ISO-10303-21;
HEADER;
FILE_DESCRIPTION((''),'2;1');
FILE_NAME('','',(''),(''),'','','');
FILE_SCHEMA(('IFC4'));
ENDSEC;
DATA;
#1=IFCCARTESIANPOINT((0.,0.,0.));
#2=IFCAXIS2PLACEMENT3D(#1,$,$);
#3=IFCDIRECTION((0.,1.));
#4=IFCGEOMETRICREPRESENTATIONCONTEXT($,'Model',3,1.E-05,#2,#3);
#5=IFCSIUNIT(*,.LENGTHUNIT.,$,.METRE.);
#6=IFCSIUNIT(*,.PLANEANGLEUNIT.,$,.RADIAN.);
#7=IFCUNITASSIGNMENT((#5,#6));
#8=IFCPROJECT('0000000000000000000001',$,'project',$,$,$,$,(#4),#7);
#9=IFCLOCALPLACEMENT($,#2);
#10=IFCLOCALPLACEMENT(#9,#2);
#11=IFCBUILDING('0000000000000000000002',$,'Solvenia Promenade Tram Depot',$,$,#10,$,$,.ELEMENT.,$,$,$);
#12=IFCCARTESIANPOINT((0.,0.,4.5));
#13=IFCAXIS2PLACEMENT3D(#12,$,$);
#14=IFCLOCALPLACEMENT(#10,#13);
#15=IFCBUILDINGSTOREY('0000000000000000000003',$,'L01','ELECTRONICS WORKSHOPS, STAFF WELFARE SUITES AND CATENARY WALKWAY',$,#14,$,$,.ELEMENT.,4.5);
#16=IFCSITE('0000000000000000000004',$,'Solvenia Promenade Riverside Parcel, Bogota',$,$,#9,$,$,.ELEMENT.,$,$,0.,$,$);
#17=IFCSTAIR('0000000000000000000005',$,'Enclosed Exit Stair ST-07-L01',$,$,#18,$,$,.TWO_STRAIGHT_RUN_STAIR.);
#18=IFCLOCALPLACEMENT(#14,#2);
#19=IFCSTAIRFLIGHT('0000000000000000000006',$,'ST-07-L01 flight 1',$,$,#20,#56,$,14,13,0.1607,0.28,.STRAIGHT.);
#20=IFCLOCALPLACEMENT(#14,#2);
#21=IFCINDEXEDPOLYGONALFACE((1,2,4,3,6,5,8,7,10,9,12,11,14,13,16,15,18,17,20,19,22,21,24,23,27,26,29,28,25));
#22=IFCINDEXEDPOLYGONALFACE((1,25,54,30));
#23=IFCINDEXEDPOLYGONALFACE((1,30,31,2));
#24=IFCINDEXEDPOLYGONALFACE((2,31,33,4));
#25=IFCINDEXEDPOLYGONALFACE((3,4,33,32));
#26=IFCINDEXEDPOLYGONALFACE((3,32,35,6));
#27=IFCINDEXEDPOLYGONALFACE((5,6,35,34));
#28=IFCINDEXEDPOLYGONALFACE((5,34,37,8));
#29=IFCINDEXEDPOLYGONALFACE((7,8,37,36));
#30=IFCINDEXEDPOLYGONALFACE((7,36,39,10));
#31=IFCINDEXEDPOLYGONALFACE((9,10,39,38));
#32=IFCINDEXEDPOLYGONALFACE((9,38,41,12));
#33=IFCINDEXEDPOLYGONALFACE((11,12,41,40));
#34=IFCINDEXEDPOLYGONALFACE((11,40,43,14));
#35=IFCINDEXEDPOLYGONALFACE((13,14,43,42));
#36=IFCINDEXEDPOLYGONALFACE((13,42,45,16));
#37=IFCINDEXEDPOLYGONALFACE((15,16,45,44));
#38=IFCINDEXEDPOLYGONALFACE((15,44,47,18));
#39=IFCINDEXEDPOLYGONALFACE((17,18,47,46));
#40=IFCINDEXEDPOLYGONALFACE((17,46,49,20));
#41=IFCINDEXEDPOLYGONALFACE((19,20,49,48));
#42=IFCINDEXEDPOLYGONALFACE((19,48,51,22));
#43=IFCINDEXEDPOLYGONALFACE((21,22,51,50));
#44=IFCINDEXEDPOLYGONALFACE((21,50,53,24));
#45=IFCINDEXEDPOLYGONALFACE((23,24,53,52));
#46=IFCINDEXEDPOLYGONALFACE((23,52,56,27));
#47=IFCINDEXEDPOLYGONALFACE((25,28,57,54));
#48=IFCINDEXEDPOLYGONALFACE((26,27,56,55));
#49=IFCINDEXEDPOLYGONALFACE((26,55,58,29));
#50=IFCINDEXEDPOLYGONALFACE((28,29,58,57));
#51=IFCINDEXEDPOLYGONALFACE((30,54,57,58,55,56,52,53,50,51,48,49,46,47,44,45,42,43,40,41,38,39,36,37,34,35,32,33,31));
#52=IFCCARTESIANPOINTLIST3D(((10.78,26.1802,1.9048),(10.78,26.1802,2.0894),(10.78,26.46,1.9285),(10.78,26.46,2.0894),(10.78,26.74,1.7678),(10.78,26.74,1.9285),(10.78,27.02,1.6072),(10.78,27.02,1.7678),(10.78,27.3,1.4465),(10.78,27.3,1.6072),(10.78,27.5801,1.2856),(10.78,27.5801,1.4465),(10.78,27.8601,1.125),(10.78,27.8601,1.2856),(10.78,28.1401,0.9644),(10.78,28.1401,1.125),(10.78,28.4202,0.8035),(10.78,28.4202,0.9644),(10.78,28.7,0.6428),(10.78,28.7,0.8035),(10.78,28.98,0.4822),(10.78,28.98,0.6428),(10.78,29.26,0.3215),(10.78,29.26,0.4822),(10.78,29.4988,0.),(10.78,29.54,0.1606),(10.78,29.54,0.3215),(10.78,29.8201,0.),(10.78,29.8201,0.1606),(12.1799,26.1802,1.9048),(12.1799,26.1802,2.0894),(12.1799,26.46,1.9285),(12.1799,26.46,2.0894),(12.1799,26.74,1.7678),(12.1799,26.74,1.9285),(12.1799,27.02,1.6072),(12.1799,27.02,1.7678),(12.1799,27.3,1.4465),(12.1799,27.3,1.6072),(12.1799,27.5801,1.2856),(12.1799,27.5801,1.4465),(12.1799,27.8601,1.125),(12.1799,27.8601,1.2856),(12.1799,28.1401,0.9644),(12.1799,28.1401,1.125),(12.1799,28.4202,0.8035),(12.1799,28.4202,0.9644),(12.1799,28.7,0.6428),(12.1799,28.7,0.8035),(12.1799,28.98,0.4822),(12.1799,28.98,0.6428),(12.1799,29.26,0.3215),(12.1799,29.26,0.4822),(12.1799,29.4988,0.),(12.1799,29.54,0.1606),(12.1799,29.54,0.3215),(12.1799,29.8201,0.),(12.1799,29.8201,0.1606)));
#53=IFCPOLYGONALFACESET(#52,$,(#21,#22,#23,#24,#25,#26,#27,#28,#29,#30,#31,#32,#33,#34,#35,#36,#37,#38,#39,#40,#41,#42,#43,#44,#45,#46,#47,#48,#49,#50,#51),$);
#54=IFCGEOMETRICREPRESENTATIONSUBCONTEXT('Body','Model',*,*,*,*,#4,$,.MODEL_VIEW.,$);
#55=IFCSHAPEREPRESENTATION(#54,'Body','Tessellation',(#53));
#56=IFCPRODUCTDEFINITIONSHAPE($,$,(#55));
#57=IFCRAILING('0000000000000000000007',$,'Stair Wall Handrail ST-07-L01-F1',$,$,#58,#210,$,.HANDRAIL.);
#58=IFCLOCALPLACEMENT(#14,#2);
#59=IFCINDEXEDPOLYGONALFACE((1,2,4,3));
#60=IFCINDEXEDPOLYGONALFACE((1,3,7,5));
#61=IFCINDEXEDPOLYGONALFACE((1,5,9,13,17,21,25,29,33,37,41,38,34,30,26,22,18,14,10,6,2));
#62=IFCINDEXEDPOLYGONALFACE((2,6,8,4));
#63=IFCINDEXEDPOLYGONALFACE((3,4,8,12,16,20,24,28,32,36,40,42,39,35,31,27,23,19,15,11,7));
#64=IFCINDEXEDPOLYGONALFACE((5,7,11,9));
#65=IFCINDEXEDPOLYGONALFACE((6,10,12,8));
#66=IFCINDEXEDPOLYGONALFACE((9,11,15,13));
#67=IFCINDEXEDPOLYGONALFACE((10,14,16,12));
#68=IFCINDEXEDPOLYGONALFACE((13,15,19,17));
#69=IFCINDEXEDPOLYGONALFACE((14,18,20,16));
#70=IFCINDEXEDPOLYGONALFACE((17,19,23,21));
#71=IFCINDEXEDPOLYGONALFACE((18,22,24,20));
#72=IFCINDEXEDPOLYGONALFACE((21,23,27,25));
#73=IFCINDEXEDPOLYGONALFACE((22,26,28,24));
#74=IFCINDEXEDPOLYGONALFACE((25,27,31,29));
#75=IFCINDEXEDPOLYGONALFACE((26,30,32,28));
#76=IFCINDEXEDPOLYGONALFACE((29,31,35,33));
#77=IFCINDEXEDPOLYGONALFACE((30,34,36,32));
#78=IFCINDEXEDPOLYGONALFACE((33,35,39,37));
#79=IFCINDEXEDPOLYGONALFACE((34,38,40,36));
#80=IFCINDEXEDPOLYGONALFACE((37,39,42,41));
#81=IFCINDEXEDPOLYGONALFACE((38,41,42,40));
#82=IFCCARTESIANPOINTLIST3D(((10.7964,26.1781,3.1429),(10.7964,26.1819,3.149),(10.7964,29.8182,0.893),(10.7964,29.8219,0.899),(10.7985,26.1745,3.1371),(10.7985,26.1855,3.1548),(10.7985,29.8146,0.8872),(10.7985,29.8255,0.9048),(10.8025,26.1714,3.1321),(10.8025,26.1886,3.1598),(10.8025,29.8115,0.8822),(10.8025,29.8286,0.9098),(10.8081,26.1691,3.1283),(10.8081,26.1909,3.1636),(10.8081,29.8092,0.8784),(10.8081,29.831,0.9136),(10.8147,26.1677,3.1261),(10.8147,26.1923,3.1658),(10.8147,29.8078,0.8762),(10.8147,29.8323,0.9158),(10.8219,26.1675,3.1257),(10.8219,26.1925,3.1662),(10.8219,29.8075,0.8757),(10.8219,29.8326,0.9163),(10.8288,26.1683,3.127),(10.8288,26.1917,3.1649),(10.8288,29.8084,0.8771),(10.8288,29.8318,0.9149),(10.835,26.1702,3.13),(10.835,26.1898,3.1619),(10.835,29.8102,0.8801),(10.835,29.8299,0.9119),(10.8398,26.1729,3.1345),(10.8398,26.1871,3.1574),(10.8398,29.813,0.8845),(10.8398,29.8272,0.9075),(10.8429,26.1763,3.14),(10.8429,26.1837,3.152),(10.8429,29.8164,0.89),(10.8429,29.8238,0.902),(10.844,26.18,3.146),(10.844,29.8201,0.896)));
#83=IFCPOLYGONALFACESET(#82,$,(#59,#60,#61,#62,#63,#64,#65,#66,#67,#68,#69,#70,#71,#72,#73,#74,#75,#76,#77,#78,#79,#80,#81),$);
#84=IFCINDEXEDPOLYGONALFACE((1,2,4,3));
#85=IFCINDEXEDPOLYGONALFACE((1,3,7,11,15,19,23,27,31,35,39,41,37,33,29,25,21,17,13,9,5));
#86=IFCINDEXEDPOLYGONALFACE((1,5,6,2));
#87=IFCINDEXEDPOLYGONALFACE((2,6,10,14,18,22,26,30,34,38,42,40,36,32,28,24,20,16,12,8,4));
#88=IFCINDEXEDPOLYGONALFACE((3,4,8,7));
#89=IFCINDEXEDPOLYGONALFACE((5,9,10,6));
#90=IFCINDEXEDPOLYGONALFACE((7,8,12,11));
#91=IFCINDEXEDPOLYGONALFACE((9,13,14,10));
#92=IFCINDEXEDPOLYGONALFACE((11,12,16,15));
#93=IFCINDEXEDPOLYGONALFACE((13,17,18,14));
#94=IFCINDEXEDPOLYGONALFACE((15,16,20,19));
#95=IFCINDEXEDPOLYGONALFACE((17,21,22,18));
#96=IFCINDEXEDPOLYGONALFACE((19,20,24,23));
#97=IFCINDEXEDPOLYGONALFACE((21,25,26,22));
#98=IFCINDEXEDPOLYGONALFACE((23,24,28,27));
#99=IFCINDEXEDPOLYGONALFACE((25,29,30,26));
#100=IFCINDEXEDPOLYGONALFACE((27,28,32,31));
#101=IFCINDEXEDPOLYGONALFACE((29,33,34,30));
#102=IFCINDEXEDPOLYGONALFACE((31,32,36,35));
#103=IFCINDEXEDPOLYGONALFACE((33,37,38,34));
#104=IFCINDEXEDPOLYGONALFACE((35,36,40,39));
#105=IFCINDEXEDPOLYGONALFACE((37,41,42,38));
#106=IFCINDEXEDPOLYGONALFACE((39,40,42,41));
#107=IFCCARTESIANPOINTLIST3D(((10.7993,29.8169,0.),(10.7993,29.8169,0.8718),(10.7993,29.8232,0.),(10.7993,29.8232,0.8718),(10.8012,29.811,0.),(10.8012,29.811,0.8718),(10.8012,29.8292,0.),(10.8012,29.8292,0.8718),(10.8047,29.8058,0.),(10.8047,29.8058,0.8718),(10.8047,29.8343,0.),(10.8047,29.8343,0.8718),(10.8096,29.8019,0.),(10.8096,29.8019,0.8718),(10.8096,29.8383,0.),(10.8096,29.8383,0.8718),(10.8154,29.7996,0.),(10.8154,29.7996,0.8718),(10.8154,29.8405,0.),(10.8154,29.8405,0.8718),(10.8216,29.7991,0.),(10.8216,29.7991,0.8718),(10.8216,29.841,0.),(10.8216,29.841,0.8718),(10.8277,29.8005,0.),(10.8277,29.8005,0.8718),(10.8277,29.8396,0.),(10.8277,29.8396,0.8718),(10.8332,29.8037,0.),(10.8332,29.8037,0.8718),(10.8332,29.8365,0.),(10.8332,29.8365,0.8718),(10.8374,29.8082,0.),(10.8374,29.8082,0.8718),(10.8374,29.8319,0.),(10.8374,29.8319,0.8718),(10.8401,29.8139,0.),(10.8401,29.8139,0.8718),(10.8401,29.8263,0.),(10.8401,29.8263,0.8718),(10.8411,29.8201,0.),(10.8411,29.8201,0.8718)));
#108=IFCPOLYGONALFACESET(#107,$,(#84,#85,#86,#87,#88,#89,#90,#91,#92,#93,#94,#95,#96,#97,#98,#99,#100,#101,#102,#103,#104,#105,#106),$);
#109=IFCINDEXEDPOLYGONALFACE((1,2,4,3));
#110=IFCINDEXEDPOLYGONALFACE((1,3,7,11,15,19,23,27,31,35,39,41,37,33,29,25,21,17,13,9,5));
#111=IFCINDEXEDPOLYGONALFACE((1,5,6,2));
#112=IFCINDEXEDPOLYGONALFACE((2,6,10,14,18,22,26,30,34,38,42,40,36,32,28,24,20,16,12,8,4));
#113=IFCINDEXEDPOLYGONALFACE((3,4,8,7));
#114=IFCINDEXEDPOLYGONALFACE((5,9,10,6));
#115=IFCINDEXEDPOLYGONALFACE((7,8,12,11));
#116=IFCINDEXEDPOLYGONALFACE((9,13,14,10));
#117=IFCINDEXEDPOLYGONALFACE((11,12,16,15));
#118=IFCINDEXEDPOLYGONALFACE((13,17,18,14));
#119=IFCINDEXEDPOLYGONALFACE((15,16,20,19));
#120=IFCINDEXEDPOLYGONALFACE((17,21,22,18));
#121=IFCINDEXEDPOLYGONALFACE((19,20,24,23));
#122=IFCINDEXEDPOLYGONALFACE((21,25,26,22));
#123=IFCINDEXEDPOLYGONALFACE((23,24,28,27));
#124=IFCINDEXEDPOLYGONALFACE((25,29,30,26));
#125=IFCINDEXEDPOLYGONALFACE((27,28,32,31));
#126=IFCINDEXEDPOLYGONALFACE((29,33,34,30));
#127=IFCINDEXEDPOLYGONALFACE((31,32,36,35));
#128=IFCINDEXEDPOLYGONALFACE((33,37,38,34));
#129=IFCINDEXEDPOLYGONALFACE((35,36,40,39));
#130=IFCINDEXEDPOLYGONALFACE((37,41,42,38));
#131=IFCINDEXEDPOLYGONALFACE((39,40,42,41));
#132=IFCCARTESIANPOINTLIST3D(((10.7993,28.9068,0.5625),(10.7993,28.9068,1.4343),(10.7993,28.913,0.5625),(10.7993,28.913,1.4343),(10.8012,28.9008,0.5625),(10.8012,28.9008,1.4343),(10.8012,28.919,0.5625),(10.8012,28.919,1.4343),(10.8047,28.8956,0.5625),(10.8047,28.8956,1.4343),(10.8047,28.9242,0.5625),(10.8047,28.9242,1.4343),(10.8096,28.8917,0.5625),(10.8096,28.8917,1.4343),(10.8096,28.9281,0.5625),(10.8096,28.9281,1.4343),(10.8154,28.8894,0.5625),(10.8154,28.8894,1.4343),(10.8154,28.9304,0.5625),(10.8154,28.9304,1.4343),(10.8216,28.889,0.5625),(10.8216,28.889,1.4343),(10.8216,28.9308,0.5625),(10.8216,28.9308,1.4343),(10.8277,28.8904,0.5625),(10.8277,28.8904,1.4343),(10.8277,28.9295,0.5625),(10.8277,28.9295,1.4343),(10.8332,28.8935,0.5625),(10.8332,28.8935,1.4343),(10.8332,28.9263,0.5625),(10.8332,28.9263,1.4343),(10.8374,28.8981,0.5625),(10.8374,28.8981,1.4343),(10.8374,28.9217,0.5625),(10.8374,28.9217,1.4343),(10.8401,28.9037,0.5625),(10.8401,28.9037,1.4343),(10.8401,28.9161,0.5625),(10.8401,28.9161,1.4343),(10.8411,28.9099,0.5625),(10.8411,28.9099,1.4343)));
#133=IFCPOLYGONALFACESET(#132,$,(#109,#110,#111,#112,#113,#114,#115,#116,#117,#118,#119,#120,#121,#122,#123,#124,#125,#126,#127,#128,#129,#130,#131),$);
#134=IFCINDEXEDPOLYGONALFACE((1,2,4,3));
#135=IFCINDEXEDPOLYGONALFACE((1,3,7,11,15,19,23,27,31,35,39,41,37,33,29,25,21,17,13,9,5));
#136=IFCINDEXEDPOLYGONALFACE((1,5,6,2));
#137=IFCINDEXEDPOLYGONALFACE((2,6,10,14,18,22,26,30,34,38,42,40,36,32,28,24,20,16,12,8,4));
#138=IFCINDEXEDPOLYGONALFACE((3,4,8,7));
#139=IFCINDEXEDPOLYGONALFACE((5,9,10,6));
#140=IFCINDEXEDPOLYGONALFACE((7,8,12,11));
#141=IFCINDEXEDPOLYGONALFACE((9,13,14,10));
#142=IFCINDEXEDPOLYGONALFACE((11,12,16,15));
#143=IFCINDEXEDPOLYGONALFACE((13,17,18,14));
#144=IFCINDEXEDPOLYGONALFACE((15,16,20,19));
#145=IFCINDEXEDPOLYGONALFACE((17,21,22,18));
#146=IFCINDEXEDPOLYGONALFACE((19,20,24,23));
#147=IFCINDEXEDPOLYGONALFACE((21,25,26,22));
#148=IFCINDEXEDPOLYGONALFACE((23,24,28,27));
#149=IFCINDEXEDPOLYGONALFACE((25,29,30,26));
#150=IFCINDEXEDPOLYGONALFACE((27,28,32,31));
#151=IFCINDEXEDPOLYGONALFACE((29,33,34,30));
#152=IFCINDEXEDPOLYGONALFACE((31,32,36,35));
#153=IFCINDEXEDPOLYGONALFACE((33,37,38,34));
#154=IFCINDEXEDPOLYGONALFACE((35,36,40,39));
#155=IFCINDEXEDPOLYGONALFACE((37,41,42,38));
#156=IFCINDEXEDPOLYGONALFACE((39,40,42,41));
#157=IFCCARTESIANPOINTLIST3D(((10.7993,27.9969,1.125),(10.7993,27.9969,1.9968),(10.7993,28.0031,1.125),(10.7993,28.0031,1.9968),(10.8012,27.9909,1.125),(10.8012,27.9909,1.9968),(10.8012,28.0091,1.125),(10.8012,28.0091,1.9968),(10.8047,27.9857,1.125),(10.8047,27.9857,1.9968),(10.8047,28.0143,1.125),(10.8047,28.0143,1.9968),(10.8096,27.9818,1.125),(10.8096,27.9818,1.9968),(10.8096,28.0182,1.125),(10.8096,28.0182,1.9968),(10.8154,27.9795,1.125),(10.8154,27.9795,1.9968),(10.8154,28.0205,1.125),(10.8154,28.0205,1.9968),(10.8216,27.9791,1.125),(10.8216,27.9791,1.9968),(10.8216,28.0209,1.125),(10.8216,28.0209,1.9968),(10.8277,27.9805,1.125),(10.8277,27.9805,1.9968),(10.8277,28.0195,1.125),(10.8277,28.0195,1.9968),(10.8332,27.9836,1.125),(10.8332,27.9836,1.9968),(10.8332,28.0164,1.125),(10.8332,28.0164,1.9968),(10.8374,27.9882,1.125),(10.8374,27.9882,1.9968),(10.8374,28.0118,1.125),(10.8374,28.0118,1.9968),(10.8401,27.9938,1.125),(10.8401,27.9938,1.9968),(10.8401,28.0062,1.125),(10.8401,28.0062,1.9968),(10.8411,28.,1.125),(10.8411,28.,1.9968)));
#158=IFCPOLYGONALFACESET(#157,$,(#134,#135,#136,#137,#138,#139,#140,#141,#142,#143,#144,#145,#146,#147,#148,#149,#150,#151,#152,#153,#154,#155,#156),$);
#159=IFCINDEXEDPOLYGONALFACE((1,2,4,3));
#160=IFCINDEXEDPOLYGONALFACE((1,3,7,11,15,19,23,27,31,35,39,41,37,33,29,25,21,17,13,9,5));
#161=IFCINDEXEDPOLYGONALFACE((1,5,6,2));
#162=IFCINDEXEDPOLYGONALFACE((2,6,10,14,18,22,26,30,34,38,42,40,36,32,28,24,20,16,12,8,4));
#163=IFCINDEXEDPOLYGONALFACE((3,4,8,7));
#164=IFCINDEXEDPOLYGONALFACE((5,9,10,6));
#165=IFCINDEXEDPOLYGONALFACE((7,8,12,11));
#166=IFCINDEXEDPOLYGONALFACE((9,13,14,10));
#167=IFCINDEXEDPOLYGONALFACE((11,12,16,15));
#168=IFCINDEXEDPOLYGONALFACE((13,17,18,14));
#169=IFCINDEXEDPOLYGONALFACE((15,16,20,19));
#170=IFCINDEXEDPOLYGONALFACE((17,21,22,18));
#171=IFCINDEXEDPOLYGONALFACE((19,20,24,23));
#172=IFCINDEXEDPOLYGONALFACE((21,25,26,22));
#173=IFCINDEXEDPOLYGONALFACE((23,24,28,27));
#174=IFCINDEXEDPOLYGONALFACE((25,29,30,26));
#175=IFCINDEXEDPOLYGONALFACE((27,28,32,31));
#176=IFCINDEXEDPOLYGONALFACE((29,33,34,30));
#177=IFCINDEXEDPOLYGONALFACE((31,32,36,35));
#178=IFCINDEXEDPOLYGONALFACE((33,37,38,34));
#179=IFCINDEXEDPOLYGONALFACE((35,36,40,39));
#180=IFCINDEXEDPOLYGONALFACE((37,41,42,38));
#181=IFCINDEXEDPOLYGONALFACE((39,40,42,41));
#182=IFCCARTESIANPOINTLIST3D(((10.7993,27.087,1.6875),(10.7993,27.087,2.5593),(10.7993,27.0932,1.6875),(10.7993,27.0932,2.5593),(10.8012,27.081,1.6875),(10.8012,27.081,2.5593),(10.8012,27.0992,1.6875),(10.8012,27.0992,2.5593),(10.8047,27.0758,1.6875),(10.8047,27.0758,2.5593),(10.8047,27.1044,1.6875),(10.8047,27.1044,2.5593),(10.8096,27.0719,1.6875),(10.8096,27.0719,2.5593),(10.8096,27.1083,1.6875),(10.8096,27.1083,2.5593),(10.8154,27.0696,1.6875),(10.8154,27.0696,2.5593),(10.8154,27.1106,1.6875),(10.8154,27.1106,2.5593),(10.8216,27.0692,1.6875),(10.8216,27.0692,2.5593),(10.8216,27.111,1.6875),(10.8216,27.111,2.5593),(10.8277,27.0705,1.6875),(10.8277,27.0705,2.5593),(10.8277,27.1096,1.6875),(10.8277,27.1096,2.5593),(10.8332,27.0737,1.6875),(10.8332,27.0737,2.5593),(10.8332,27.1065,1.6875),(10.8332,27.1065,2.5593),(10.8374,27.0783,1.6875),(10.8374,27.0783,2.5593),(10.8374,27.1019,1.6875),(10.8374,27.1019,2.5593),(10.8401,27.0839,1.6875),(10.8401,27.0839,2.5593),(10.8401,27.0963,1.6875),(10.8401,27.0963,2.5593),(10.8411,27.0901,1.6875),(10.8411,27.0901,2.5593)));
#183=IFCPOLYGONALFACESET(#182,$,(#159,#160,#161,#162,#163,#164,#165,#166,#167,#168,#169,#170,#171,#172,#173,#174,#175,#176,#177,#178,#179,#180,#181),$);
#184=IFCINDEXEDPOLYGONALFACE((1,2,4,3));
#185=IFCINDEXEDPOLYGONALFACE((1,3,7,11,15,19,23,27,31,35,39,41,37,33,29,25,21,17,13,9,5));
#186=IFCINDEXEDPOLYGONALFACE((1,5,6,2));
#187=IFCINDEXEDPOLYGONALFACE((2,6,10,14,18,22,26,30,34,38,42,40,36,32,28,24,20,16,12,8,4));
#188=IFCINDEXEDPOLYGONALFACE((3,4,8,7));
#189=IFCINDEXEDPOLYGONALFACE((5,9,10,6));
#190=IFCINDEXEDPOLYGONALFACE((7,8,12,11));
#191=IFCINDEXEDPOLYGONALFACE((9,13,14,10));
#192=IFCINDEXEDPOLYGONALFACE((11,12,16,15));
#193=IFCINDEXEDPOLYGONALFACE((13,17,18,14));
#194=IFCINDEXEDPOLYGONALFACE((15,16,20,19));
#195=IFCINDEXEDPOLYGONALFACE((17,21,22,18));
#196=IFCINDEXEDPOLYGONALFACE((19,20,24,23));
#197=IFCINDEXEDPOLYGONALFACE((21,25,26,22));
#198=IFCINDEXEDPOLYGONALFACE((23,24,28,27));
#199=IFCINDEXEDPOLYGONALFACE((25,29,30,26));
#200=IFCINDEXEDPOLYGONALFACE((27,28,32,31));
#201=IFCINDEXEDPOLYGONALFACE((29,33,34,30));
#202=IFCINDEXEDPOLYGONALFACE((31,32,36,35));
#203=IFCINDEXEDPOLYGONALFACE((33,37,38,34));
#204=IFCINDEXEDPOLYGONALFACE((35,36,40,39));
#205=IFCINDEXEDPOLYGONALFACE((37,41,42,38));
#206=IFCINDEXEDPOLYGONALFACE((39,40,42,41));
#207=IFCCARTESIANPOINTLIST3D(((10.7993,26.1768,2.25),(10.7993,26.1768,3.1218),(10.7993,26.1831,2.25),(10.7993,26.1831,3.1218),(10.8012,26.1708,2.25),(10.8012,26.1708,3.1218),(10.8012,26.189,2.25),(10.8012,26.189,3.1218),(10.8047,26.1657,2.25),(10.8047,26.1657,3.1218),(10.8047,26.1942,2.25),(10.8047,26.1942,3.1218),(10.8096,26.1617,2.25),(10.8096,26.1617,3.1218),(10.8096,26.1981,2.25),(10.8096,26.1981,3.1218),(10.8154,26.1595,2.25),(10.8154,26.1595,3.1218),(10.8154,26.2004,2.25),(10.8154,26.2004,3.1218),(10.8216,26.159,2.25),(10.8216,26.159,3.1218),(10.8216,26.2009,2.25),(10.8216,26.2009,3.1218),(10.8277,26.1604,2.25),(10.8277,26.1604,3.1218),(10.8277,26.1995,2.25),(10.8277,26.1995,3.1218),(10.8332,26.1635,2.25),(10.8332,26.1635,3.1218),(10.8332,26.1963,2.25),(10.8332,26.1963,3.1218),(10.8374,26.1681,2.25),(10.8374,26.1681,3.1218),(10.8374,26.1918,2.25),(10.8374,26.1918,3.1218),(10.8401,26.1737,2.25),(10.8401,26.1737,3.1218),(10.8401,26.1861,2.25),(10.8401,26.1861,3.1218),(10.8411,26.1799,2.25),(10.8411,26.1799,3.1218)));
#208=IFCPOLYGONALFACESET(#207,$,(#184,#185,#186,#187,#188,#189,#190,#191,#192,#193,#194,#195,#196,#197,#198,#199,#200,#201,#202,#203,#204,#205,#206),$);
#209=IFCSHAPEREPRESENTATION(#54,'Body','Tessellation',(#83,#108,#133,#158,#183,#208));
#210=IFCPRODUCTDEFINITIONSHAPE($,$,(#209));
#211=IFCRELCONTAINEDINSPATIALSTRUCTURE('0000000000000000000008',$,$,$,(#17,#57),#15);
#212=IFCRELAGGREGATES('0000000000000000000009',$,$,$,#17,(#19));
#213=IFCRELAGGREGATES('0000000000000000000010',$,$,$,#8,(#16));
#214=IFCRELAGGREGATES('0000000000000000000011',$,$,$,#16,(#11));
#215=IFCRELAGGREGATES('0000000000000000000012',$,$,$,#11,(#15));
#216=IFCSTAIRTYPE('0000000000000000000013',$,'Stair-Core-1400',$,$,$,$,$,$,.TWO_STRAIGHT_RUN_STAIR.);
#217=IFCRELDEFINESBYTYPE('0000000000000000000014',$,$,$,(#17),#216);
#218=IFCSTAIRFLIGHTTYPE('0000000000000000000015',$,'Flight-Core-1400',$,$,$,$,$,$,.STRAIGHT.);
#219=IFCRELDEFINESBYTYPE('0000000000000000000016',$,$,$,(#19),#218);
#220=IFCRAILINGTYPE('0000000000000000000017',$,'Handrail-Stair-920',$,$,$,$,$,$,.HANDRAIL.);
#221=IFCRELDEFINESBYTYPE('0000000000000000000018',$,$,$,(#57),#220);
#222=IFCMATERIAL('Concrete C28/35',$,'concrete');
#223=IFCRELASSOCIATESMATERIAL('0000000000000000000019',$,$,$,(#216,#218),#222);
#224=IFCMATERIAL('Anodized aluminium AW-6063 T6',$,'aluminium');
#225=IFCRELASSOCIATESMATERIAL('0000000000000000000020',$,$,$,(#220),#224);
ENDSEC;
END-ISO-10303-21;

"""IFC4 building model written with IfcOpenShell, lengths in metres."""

from ifc_helpers import new_model, si_unit, direction, frame, origin, origin_2d, place, context, subcontext, project, spatial, polyline, circle, outline, extrude, material, type_object, element, aggregate, save


model = new_model("IFC4")

# Units and contexts
model_context = context("Model", 3, precision=1e-05, world=origin(), true_north=direction((0.0, 1.0)))
body_context = subcontext(model_context, "Body", "Model", "MODEL_VIEW")
ifc_project = project(units=[si_unit("LENGTHUNIT", "METRE"), si_unit("PLANEANGLEUNIT", "RADIAN")], contexts=[model_context])

# Site, building, storey
site_placement = place(None, origin())
site = spatial("IfcSite", under=ifc_project, at=site_placement, Name="Solvenia Promenade Riverside Parcel, Bogota", CompositionType="ELEMENT", RefElevation=0.0)
building_placement = place(site_placement, origin())
building = spatial("IfcBuilding", under=site, at=building_placement, Name="Solvenia Promenade Tram Depot", CompositionType="ELEMENT")
storey_placement = place(building_placement, frame((0.0, 0.0, 4.5)))
storey = spatial("IfcBuildingStorey", under=building, at=storey_placement, Name="L01", Description="ELECTRONICS WORKSHOPS, STAFF WELFARE SUITES AND CATENARY WALKWAY", CompositionType="ELEMENT", Elevation=4.5)

# Shared definitions
ifc_material_1 = material(Name="Concrete C28/35", Category="concrete")

# Stair, stair flight
stair_type = type_object("IfcStairType", Name="Stair-Core-1400", PredefinedType="TWO_STRAIGHT_RUN_STAIR", material=ifc_material_1)
stair_placement = place(storey_placement, origin())
stair = element("IfcStair", 1, at=stair_placement, inside=storey, type_object=stair_type, Name="Enclosed Exit Stair ST-07-L01", PredefinedType="TWO_STRAIGHT_RUN_STAIR")
stair_flight_type = type_object("IfcStairFlightType", Name="Flight-Core-1400", PredefinedType="STRAIGHT", material=ifc_material_1)
stair_flight_placement = place(storey_placement, frame((11.48, 29.8201, 0.0), z_axis=(0.0, 0.0, 1.0), x_axis=(0.0, -1.0, 0.0)))
stair_flight = element("IfcStairFlight", 2, at=stair_flight_placement, type_object=stair_flight_type, Name="ST-07-L01 flight 1", NumberOfRisers=14, NumberOfTreads=13, PredefinedType="STRAIGHT", RiserHeight=0.1607, TreadLength=0.28, context=body_context, shape_type="SweptSolid", body=[
    extrude(outline(polyline([(0.0, 0.0), (0.0, 0.1606), (0.28, 0.1606), (0.28, 0.3215), (0.5601, 0.3215), (0.5601, 0.4822), (0.8401, 0.4822), (0.8401, 0.6428), (1.1201, 0.6428), (1.1201, 0.8035), (1.3999, 0.8035), (1.3999, 0.9644), (1.6799, 0.9644), (1.6799, 1.125), (1.96, 1.125), (1.96, 1.2856), (2.24, 1.2856), (2.24, 1.4465), (2.52, 1.4465), (2.52, 1.6072), (2.8, 1.6072), (2.8, 1.7678), (3.0801, 1.7678), (3.0801, 1.9285), (3.3601, 1.9285), (3.3601, 2.0894), (3.6399, 2.0894), (3.6399, 2.25), (3.6399, 1.9048), (0.3213, 0.0), (0.0, 0.0)])), frame((0.0, 0.7, 0.0), z_axis=(0.0, -1.0, 0.0), x_axis=(1.0, 0.0, 0.0)), (0.0, 0.0, 1.0), 1.3999),
])
aggregate(stair, [stair_flight])

# Railing
ifc_material_2 = material(Name="Anodized aluminium AW-6063 T6", Category="aluminium")
railing_type_1 = type_object("IfcRailingType", Name="Handrail-Stair-920", PredefinedType="HANDRAIL", material=ifc_material_2)
railing_1_placement = place(storey_placement, frame((10.8201, 29.8201, 0.0)))
element("IfcRailing", 3, at=railing_1_placement, inside=storey, type_object=railing_type_1, Name="Stair Wall Handrail ST-07-L01-F1", PredefinedType="HANDRAIL", context=body_context, shape_type="SweptSolid", body=[
    extrude(circle(Radius=0.0239, at=origin_2d()), frame((0.0, 0.0, 0.896), z_axis=(0.0, -0.850622, 0.525777), x_axis=(1.0, 0.0, 0.0)), (0.0, 0.0, 1.0), 4.2793),
    extrude(circle(Radius=0.021, at=origin_2d()), origin(), (0.0, 0.0, 1.0), 0.8718),
    extrude(circle(Radius=0.021, at=origin_2d()), frame((0.0, -0.9102, 0.5625)), (0.0, 0.0, 1.0), 0.8718),
    extrude(circle(Radius=0.021, at=origin_2d()), frame((0.0, -1.8201, 1.125)), (0.0, 0.0, 1.0), 0.8718),
    extrude(circle(Radius=0.021, at=origin_2d()), frame((0.0, -2.73, 1.6875)), (0.0, 0.0, 1.0), 0.8718),
    extrude(circle(Radius=0.021, at=origin_2d()), frame((0.0, -3.6401, 2.25)), (0.0, 0.0, 1.0), 0.8718),
])

save(model, "model.ifc")
